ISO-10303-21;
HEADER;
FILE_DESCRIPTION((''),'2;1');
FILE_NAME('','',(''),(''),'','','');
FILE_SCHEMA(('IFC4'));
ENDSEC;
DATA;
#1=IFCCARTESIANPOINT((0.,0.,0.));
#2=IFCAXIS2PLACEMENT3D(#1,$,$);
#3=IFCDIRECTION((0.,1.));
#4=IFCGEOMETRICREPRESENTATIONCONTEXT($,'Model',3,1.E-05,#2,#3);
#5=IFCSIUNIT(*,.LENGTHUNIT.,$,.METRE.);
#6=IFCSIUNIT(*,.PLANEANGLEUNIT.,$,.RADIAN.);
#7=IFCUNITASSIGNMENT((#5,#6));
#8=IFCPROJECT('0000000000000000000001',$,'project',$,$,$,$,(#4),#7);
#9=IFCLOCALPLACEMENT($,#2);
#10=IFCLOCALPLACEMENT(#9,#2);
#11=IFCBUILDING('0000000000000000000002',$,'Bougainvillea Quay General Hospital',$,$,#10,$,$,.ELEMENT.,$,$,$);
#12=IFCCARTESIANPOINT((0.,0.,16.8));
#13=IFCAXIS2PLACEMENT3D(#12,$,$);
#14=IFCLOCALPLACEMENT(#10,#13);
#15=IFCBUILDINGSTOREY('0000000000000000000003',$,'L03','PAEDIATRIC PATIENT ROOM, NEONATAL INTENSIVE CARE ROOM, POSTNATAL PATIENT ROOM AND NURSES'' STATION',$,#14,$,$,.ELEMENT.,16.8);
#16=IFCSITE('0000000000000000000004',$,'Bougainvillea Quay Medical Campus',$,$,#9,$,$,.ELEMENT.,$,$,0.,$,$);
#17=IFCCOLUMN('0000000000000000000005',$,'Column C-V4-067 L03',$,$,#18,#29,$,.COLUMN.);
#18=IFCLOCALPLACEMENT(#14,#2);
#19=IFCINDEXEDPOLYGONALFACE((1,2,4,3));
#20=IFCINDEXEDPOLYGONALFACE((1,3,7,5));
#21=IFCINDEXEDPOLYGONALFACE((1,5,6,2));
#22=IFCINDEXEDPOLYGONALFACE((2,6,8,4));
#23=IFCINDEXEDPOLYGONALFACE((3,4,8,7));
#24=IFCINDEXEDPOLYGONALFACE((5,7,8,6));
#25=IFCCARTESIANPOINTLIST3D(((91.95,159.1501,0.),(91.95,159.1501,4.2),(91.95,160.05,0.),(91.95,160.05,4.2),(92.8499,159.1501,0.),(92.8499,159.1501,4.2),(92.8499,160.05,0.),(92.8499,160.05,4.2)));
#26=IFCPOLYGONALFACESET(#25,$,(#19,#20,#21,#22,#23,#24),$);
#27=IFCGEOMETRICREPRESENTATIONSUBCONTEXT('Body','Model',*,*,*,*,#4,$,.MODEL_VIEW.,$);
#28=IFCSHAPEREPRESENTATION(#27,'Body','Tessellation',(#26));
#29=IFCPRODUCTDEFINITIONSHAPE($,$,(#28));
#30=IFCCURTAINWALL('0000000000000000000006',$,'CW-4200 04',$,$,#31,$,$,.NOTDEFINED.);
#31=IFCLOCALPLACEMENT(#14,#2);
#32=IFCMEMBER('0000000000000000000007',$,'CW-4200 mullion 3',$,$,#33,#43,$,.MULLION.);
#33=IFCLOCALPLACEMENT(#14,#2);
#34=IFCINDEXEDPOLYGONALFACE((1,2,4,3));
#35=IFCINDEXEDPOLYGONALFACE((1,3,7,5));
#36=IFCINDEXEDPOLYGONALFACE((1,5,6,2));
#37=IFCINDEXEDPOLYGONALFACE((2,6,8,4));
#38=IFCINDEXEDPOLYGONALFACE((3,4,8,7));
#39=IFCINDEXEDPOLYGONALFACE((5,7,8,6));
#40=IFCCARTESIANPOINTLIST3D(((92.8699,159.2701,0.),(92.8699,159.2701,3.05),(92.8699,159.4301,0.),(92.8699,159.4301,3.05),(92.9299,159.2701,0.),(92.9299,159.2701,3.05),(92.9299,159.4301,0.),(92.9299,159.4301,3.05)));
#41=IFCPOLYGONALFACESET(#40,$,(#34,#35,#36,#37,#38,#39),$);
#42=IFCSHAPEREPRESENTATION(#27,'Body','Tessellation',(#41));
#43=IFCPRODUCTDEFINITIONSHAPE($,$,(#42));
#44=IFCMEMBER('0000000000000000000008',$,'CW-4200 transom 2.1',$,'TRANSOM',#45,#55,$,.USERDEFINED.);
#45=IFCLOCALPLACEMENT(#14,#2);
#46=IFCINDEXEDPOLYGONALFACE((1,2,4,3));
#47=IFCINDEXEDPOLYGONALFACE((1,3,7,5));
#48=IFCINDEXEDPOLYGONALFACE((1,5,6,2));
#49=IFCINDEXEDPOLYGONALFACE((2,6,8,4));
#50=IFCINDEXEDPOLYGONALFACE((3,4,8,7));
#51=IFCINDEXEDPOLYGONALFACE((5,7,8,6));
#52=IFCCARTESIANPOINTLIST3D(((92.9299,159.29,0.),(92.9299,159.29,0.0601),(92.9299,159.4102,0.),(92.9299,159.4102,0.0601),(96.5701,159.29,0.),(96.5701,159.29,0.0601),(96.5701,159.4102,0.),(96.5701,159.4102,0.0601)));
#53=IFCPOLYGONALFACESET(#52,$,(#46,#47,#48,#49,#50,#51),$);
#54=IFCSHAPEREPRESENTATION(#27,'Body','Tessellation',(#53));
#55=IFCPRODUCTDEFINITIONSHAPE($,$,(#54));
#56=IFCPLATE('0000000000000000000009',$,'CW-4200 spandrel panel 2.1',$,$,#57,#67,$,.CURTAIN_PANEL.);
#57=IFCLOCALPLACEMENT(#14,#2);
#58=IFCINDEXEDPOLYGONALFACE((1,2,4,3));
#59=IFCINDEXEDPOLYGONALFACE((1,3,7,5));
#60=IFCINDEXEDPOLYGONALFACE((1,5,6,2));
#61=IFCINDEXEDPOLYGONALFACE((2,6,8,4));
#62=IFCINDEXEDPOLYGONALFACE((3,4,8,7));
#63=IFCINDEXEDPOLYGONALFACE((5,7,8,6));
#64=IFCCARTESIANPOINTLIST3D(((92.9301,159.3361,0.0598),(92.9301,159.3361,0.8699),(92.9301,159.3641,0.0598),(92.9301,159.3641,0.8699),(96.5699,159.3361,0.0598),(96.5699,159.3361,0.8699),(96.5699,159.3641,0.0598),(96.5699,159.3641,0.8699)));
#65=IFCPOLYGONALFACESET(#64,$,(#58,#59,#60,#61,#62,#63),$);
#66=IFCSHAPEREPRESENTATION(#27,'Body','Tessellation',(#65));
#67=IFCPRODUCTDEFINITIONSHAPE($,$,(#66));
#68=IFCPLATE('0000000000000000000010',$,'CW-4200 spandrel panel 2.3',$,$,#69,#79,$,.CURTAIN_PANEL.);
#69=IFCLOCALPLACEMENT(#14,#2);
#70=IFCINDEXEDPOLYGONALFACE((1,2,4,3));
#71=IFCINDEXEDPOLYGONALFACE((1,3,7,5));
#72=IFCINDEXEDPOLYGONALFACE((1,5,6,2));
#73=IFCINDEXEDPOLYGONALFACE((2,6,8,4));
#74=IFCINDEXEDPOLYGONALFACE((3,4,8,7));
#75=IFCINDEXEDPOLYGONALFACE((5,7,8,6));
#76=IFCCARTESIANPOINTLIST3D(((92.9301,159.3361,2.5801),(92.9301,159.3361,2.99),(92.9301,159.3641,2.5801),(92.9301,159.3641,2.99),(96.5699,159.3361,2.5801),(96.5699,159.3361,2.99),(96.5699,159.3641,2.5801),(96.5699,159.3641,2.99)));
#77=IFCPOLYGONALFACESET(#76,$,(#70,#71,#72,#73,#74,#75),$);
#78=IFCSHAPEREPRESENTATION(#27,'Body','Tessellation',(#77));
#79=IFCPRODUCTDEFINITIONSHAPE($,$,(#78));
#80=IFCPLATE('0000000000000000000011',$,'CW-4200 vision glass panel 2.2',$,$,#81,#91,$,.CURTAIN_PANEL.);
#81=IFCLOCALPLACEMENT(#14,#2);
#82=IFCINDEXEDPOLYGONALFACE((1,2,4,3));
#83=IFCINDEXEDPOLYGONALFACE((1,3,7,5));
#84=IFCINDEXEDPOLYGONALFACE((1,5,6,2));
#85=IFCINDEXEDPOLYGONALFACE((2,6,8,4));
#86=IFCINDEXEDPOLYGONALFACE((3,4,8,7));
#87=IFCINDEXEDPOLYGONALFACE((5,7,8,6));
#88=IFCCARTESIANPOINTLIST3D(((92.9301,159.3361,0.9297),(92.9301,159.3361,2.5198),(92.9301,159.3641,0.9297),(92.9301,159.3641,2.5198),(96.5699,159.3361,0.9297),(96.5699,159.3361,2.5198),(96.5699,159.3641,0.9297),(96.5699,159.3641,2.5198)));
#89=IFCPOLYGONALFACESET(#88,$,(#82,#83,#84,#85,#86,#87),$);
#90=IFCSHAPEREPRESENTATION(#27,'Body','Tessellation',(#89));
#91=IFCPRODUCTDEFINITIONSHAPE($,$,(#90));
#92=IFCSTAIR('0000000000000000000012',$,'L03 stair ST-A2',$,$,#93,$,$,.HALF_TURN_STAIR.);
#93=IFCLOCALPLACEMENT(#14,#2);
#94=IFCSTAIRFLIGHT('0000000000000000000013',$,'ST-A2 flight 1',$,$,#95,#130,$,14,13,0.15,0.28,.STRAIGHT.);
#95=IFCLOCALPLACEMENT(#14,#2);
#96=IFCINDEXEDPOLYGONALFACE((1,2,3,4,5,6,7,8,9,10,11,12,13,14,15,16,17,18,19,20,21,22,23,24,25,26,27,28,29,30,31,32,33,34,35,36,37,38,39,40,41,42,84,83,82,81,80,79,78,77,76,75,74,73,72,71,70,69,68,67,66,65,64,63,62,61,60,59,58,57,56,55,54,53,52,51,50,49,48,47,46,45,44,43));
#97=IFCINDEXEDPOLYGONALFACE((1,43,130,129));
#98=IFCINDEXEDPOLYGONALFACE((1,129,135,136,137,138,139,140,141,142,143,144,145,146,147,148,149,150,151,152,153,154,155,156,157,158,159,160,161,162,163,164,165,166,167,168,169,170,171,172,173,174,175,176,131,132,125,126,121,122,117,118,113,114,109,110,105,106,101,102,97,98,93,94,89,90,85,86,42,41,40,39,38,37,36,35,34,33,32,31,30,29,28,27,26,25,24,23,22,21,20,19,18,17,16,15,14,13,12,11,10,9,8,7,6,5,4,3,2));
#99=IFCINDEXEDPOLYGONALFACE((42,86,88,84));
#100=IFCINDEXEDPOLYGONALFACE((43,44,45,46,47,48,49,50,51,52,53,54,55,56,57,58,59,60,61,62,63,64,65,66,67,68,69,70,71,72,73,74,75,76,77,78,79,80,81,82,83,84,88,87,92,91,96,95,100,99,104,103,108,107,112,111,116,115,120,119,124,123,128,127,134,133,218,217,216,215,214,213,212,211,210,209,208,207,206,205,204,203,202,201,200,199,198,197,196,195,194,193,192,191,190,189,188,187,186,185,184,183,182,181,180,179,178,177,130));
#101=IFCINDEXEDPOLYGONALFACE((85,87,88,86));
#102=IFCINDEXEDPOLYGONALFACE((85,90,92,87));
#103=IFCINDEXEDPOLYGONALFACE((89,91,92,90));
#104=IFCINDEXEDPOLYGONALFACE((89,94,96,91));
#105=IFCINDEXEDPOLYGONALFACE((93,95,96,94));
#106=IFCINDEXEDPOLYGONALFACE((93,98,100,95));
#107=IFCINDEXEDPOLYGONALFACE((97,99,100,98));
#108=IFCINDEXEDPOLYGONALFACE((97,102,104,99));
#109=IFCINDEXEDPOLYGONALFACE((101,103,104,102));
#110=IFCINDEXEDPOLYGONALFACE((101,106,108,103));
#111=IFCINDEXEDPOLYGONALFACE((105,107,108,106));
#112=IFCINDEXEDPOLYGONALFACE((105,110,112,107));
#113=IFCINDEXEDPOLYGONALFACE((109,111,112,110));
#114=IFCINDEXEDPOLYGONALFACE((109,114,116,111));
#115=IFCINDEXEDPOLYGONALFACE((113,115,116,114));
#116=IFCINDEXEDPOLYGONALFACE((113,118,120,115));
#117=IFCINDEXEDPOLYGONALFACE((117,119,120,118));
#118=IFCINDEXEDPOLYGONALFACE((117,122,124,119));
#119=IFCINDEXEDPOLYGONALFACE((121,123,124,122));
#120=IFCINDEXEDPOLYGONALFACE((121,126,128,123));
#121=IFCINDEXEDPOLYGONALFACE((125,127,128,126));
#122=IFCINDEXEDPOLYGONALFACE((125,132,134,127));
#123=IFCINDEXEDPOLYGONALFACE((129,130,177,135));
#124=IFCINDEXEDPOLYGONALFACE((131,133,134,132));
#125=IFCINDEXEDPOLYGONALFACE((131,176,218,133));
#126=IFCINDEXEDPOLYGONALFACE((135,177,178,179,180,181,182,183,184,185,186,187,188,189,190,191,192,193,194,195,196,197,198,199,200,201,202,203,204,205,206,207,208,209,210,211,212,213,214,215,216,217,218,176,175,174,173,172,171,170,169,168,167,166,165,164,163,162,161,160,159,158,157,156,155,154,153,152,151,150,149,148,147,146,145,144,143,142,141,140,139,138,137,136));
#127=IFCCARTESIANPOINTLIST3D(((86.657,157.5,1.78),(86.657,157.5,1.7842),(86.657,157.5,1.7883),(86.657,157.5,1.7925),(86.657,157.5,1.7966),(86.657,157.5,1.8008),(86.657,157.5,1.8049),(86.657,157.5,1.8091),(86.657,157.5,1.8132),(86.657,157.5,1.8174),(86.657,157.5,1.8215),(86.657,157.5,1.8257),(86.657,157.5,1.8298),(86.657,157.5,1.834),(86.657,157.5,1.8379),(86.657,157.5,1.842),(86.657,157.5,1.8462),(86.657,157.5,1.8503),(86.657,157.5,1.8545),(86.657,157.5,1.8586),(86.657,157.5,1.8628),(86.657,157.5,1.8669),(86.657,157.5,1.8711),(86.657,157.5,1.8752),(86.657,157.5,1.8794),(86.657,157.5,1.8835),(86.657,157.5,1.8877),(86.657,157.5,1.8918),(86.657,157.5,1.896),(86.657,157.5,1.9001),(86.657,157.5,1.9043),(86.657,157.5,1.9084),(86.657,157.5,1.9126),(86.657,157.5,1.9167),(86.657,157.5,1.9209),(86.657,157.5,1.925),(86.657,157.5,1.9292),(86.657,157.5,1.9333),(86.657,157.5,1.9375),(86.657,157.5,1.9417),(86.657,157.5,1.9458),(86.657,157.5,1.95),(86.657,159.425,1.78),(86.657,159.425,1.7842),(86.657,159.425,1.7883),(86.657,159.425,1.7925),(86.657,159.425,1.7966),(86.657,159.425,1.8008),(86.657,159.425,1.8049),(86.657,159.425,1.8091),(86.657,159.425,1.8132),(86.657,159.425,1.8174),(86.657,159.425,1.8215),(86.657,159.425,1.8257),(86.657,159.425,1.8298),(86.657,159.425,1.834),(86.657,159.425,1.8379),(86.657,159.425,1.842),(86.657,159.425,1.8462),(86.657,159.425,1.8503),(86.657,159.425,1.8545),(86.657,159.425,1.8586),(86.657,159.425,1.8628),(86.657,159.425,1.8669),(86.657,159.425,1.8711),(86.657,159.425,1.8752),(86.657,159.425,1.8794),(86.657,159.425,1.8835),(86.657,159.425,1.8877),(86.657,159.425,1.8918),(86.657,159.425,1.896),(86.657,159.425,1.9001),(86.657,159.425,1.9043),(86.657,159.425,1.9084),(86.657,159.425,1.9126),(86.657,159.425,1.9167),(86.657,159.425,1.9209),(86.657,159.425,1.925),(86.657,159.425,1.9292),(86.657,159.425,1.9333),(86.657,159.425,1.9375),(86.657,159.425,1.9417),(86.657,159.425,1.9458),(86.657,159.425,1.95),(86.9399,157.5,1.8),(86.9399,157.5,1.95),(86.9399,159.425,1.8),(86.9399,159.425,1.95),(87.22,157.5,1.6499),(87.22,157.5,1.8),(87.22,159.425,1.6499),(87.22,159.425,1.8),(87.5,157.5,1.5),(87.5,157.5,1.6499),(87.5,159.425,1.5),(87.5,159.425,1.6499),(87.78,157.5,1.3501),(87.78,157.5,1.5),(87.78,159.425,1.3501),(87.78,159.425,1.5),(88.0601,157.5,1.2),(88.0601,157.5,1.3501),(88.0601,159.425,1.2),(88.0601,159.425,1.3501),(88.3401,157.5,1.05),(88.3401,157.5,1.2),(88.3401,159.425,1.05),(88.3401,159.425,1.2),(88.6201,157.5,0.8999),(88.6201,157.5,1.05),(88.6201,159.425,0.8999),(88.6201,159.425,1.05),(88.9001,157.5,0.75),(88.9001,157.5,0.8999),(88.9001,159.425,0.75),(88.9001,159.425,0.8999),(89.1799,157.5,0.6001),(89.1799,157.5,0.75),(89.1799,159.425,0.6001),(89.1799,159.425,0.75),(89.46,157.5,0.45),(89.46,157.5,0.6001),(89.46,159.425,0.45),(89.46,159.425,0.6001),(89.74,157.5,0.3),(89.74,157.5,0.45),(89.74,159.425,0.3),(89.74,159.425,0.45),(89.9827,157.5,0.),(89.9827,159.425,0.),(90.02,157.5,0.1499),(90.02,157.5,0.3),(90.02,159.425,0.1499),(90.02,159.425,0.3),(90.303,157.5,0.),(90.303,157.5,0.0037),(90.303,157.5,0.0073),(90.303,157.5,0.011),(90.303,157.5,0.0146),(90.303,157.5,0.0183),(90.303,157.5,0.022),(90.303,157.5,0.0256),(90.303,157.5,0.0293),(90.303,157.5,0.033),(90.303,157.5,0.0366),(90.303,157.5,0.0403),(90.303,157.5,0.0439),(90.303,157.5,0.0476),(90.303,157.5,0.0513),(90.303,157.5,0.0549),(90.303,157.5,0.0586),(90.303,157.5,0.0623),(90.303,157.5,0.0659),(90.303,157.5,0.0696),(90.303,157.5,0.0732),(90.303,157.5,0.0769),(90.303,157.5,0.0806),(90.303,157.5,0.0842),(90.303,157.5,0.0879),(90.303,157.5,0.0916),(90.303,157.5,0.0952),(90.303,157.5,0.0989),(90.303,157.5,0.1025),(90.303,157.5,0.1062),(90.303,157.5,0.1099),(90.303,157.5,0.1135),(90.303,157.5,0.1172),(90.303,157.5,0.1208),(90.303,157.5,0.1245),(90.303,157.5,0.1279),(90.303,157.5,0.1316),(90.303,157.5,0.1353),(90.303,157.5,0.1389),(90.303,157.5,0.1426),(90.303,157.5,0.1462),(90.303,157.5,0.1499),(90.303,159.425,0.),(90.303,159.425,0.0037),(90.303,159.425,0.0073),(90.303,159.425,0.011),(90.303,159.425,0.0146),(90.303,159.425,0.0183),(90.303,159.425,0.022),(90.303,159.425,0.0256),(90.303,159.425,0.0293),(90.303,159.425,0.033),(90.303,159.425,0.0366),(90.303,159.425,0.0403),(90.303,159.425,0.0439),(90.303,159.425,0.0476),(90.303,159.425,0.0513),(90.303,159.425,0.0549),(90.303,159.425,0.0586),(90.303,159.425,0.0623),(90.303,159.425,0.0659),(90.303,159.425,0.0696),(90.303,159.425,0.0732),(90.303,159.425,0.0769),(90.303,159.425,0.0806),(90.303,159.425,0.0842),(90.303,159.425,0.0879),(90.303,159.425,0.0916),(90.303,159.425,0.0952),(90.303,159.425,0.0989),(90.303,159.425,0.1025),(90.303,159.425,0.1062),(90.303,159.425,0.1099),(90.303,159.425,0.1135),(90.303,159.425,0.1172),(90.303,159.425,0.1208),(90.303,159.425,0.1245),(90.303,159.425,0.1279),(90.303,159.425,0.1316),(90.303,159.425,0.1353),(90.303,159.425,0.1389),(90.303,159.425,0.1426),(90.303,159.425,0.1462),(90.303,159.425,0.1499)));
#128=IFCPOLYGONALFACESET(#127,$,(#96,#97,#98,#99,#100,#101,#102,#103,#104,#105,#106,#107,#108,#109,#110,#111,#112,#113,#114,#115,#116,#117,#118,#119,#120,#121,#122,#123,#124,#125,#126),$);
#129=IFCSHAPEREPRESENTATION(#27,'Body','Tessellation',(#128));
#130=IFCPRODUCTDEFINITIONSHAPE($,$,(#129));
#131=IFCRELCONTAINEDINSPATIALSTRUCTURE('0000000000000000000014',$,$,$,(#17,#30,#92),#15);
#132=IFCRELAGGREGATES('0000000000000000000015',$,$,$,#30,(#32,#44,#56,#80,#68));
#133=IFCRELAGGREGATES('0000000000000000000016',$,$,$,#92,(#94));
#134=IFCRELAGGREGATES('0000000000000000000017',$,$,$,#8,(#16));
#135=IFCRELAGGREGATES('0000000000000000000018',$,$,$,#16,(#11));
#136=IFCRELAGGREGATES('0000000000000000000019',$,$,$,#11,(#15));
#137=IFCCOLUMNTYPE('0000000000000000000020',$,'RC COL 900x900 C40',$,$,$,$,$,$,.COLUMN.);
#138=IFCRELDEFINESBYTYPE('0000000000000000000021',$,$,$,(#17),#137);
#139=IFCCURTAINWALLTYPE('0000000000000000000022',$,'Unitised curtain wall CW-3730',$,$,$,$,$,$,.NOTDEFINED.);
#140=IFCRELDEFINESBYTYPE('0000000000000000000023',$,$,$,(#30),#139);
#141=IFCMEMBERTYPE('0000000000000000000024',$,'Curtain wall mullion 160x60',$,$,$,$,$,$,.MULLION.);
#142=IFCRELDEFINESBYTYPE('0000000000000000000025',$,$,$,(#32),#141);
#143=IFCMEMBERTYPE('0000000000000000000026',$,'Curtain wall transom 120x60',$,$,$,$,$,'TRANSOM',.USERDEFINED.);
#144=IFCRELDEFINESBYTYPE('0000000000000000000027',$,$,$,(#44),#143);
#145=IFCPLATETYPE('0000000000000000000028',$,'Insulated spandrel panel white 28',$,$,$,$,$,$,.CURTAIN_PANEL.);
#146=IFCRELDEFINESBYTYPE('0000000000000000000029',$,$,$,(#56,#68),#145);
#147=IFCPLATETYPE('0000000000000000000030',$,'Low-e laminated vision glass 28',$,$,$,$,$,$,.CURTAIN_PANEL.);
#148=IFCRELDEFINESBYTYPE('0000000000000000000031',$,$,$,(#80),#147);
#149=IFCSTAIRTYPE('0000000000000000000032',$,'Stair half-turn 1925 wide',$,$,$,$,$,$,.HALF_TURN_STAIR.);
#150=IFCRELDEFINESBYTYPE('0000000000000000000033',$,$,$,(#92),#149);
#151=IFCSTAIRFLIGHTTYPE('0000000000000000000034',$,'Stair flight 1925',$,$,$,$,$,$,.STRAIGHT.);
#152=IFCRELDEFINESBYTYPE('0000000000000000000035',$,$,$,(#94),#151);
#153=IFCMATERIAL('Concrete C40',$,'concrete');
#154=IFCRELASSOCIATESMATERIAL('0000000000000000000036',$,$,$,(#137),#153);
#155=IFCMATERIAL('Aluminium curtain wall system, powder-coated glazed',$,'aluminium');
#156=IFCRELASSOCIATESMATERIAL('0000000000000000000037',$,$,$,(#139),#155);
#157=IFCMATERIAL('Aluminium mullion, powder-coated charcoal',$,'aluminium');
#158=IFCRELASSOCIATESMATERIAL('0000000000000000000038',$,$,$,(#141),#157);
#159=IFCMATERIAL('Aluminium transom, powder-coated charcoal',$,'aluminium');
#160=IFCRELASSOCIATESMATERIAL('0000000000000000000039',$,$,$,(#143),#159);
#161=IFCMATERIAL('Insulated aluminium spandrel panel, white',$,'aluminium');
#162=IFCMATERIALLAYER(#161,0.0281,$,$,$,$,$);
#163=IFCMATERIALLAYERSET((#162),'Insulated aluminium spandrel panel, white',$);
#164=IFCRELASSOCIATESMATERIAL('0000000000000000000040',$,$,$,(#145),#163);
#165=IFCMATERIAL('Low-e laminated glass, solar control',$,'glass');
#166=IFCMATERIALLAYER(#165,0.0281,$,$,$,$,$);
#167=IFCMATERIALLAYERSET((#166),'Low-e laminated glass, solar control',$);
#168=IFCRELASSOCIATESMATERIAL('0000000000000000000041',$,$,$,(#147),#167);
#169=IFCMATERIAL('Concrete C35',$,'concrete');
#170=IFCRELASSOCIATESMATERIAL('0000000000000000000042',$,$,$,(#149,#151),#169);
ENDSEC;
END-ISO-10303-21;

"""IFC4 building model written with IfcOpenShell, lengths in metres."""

from ifc_helpers import new_model, si_unit, direction, frame, origin, origin_2d, place, context, subcontext, project, spatial, polyline, rectangle, outline, extrude, material, layer, layer_set, material_profile, profile_set, type_object, element, aggregate, save


model = new_model("IFC4")

# Units and contexts
model_context = context("Model", 3, precision=1e-05, world=origin(), true_north=direction((0.0, 1.0)))
body_context = subcontext(model_context, "Body", "Model", "MODEL_VIEW")
ifc_project = project(units=[si_unit("LENGTHUNIT", "METRE"), si_unit("PLANEANGLEUNIT", "RADIAN")], contexts=[model_context])

# Site, building, storey
site_placement = place(None, origin())
site = spatial("IfcSite", under=ifc_project, at=site_placement, Name="Bougainvillea Quay Medical Campus", CompositionType="ELEMENT", RefElevation=0.0)
building_placement = place(site_placement, origin())
building = spatial("IfcBuilding", under=site, at=building_placement, Name="Bougainvillea Quay General Hospital", CompositionType="ELEMENT")
storey_placement = place(building_placement, frame((0.0, 0.0, 16.8)))
storey = spatial("IfcBuildingStorey", under=building, at=storey_placement, Name="L03", Description="PAEDIATRIC PATIENT ROOM, NEONATAL INTENSIVE CARE ROOM, POSTNATAL PATIENT ROOM AND NURSES' STATION", CompositionType="ELEMENT", Elevation=16.8)

# Column
ifc_material_1 = material(Name="Concrete C40", Category="concrete")
ifc_material_profile_1 = material_profile(ifc_material_1, rectangle(XDim=0.8999, YDim=0.8999, at=origin_2d()))
ifc_profile_set_1 = profile_set([ifc_material_profile_1], Name="Concrete C40")
column_type = type_object("IfcColumnType", Name="RC COL 900x900 C40", PredefinedType="COLUMN", material=ifc_profile_set_1)
column_placement = place(storey_placement, frame((92.3999, 159.6001, 0.0), z_axis=(0.0, 0.0, 1.0), x_axis=(1.0, 0.0, 0.0)))
element("IfcColumn", 1, at=column_placement, inside=storey, type_object=column_type, Name="Column C-V4-067 L03", PredefinedType="COLUMN", context=body_context, shape_type="SweptSolid", body=[
    extrude(rectangle(XDim=0.8999, YDim=0.8999, at=origin_2d()), origin(), (0.0, 0.0, 1.0), 4.2),
])

# Curtain wall, members, plates
ifc_material_2 = material(Name="Aluminium curtain wall system, powder-coated glazed", Category="aluminium")
curtain_wall_type = type_object("IfcCurtainWallType", Name="Unitised curtain wall CW-3730", PredefinedType="NOTDEFINED", material=ifc_material_2)
curtain_wall_placement = place(storey_placement, origin())
curtain_wall = element("IfcCurtainWall", 2, at=curtain_wall_placement, inside=storey, type_object=curtain_wall_type, Name="CW-4200 04", PredefinedType="NOTDEFINED")
ifc_material_3 = material(Name="Aluminium mullion, powder-coated charcoal", Category="aluminium")
ifc_material_profile_2 = material_profile(ifc_material_3, rectangle(XDim=0.1599, YDim=0.0601, at=origin_2d()))
ifc_profile_set_2 = profile_set([ifc_material_profile_2], Name="Aluminium mullion, powder-coated charcoal")
member_type_1 = type_object("IfcMemberType", Name="Curtain wall mullion 160x60", PredefinedType="MULLION", material=ifc_profile_set_2)
member_1_placement = place(storey_placement, frame((92.8999, 159.3501, 0.0), z_axis=(0.0, 0.0, 1.0), x_axis=(0.0, -1.0, 0.0)))
member_1 = element("IfcMember", 3, at=member_1_placement, type_object=member_type_1, Name="CW-4200 mullion 3", PredefinedType="MULLION", context=body_context, shape_type="SweptSolid", body=[
    extrude(rectangle(XDim=0.1599, YDim=0.0601, at=origin_2d()), origin(), (0.0, 0.0, 1.0), 3.05),
])
ifc_material_4 = material(Name="Aluminium transom, powder-coated charcoal", Category="aluminium")
ifc_material_profile_3 = material_profile(ifc_material_4, rectangle(XDim=0.1201, YDim=0.0601, at=origin_2d()))
ifc_profile_set_3 = profile_set([ifc_material_profile_3], Name="Aluminium transom, powder-coated charcoal")
member_type_2 = type_object("IfcMemberType", Name="Curtain wall transom 120x60", ElementType="TRANSOM", PredefinedType="USERDEFINED", material=ifc_profile_set_3)
member_2_placement = place(storey_placement, frame((96.5701, 159.3501, 0.03), z_axis=(-1.0, 0.0, 0.0), x_axis=(0.0, -1.0, 0.0)))
member_2 = element("IfcMember", 4, at=member_2_placement, type_object=member_type_2, Name="CW-4200 transom 2.1", ObjectType="TRANSOM", PredefinedType="USERDEFINED", context=body_context, shape_type="SweptSolid", body=[
    extrude(rectangle(XDim=0.1201, YDim=0.0601, at=origin_2d()), origin(), (0.0, 0.0, 1.0), 3.6401),
])
ifc_material_5 = material(Name="Insulated aluminium spandrel panel, white", Category="aluminium")
ifc_layer_1 = layer(ifc_material_5, 0.0281)
ifc_layer_set_1 = layer_set([ifc_layer_1], Name="Insulated aluminium spandrel panel, white")
plate_type_1 = type_object("IfcPlateType", Name="Insulated spandrel panel white 28", PredefinedType="CURTAIN_PANEL", material=ifc_layer_set_1)
plate_1_placement = place(storey_placement, frame((94.75, 159.3501, 0.0598), z_axis=(0.0, 0.0, 1.0), x_axis=(-1.0, 0.0, 0.0)))
plate_1 = element("IfcPlate", 5, at=plate_1_placement, type_object=plate_type_1, Name="CW-4200 spandrel panel 2.1", PredefinedType="CURTAIN_PANEL", context=body_context, shape_type="SweptSolid", body=[
    extrude(rectangle(XDim=3.6399, YDim=0.0281, at=origin_2d()), origin(), (0.0, 0.0, 1.0), 0.8101),
])
plate_2_placement = place(storey_placement, frame((94.75, 159.3501, 2.5801), z_axis=(0.0, 0.0, 1.0), x_axis=(-1.0, 0.0, 0.0)))
plate_2 = element("IfcPlate", 6, at=plate_2_placement, type_object=plate_type_1, Name="CW-4200 spandrel panel 2.3", PredefinedType="CURTAIN_PANEL", context=body_context, shape_type="SweptSolid", body=[
    extrude(rectangle(XDim=3.6399, YDim=0.0281, at=origin_2d()), origin(), (0.0, 0.0, 1.0), 0.4099),
])
ifc_material_6 = material(Name="Low-e laminated glass, solar control", Category="glass")
ifc_layer_2 = layer(ifc_material_6, 0.0281)
ifc_layer_set_2 = layer_set([ifc_layer_2], Name="Low-e laminated glass, solar control")
plate_type_2 = type_object("IfcPlateType", Name="Low-e laminated vision glass 28", PredefinedType="CURTAIN_PANEL", material=ifc_layer_set_2)
plate_3_placement = place(storey_placement, frame((94.75, 159.3501, 0.9297), z_axis=(0.0, 0.0, 1.0), x_axis=(-1.0, 0.0, 0.0)))
plate_3 = element("IfcPlate", 7, at=plate_3_placement, type_object=plate_type_2, Name="CW-4200 vision glass panel 2.2", PredefinedType="CURTAIN_PANEL", context=body_context, shape_type="SweptSolid", body=[
    extrude(rectangle(XDim=3.6399, YDim=0.0281, at=origin_2d()), origin(), (0.0, 0.0, 1.0), 1.5901),
])
aggregate(curtain_wall, [member_1, member_2, plate_1, plate_3, plate_2])

# Stair, stair flight
ifc_material_7 = material(Name="Concrete C35", Category="concrete")
stair_type = type_object("IfcStairType", Name="Stair half-turn 1925 wide", PredefinedType="HALF_TURN_STAIR", material=ifc_material_7)
stair_placement = place(storey_placement, origin())
stair = element("IfcStair", 8, at=stair_placement, inside=storey, type_object=stair_type, Name="L03 stair ST-A2", PredefinedType="HALF_TURN_STAIR")
stair_flight_type = type_object("IfcStairFlightType", Name="Stair flight 1925", PredefinedType="STRAIGHT", material=ifc_material_7)
stair_flight_placement = place(storey_placement, frame((90.3, 158.4624, 0.0), z_axis=(0.0, 0.0, 1.0), x_axis=(-1.0, 0.0, 0.0)))
stair_flight = element("IfcStairFlight", 9, at=stair_flight_placement, type_object=stair_flight_type, Name="ST-A2 flight 1", NumberOfRisers=14, NumberOfTreads=13, PredefinedType="STRAIGHT", RiserHeight=0.15, TreadLength=0.28, context=body_context, shape_type="SweptSolid", body=[
    extrude(outline(polyline([(-0.0029, 0.0), (-0.0029, 0.0037), (-0.0029, 0.0073), (-0.0029, 0.011), (-0.0029, 0.0146), (-0.0029, 0.0183), (-0.0029, 0.022), (-0.0029, 0.0256), (-0.0029, 0.0293), (-0.0029, 0.033), (-0.0029, 0.0366), (-0.0029, 0.0403), (-0.0029, 0.0439), (-0.0029, 0.0476), (-0.0029, 0.0513), (-0.0029, 0.0549), (-0.0029, 0.0586), (-0.0029, 0.0623), (-0.0029, 0.0659), (-0.0029, 0.0696), (-0.0029, 0.0732), (-0.0029, 0.0769), (-0.0029, 0.0806), (-0.0029, 0.0842), (-0.0029, 0.0879), (-0.0029, 0.0916), (-0.0029, 0.0952), (-0.0029, 0.0989), (-0.0029, 0.1025), (-0.0029, 0.1062), (-0.0029, 0.1099), (-0.0029, 0.1135), (-0.0029, 0.1172), (-0.0029, 0.1208), (-0.0029, 0.1245), (-0.0029, 0.1279), (-0.0029, 0.1316), (-0.0029, 0.1353), (-0.0029, 0.1389), (-0.0029, 0.1426), (-0.0029, 0.1462), (-0.0029, 0.1499), (0.28, 0.1499), (0.28, 0.3), (0.5601, 0.3), (0.5601, 0.45), (0.8401, 0.45), (0.8401, 0.6001), (1.1201, 0.6001), (1.1201, 0.75), (1.3999, 0.75), (1.3999, 0.8999), (1.6799, 0.8999), (1.6799, 1.05), (1.96, 1.05), (1.96, 1.2), (2.24, 1.2), (2.24, 1.3501), (2.52, 1.3501), (2.52, 1.5), (2.8, 1.5), (2.8, 1.6499), (3.0801, 1.6499), (3.0801, 1.8), (3.3601, 1.8), (3.3601, 1.95), (3.6431, 1.95), (3.6431, 1.9458), (3.6431, 1.9417), (3.6431, 1.9375), (3.6431, 1.9333), (3.6431, 1.9292), (3.6431, 1.925), (3.6431, 1.9209), (3.6431, 1.9167), (3.6431, 1.9126), (3.6431, 1.9084), (3.6431, 1.9043), (3.6431, 1.9001), (3.6431, 1.896), (3.6431, 1.8918), (3.6431, 1.8877), (3.6431, 1.8835), (3.6431, 1.8794), (3.6431, 1.8752), (3.6431, 1.8711), (3.6431, 1.8669), (3.6431, 1.8628), (3.6431, 1.8586), (3.6431, 1.8545), (3.6431, 1.8503), (3.6431, 1.8462), (3.6431, 1.842), (3.6431, 1.8379), (3.6431, 1.834), (3.6431, 1.8298), (3.6431, 1.8257), (3.6431, 1.8215), (3.6431, 1.8174), (3.6431, 1.8132), (3.6431, 1.8091), (3.6431, 1.8049), (3.6431, 1.8008), (3.6431, 1.7966), (3.6431, 1.7925), (3.6431, 1.7883), (3.6431, 1.7842), (3.6431, 1.78), (0.3174, 0.0), (-0.0029, 0.0)])), frame((0.0, 0.9624, 0.0), z_axis=(0.0, -1.0, 0.0), x_axis=(1.0, 0.0, 0.0)), (0.0, 0.0, 1.0), 1.925),
])
aggregate(stair, [stair_flight])

save(model, "model.ifc")
